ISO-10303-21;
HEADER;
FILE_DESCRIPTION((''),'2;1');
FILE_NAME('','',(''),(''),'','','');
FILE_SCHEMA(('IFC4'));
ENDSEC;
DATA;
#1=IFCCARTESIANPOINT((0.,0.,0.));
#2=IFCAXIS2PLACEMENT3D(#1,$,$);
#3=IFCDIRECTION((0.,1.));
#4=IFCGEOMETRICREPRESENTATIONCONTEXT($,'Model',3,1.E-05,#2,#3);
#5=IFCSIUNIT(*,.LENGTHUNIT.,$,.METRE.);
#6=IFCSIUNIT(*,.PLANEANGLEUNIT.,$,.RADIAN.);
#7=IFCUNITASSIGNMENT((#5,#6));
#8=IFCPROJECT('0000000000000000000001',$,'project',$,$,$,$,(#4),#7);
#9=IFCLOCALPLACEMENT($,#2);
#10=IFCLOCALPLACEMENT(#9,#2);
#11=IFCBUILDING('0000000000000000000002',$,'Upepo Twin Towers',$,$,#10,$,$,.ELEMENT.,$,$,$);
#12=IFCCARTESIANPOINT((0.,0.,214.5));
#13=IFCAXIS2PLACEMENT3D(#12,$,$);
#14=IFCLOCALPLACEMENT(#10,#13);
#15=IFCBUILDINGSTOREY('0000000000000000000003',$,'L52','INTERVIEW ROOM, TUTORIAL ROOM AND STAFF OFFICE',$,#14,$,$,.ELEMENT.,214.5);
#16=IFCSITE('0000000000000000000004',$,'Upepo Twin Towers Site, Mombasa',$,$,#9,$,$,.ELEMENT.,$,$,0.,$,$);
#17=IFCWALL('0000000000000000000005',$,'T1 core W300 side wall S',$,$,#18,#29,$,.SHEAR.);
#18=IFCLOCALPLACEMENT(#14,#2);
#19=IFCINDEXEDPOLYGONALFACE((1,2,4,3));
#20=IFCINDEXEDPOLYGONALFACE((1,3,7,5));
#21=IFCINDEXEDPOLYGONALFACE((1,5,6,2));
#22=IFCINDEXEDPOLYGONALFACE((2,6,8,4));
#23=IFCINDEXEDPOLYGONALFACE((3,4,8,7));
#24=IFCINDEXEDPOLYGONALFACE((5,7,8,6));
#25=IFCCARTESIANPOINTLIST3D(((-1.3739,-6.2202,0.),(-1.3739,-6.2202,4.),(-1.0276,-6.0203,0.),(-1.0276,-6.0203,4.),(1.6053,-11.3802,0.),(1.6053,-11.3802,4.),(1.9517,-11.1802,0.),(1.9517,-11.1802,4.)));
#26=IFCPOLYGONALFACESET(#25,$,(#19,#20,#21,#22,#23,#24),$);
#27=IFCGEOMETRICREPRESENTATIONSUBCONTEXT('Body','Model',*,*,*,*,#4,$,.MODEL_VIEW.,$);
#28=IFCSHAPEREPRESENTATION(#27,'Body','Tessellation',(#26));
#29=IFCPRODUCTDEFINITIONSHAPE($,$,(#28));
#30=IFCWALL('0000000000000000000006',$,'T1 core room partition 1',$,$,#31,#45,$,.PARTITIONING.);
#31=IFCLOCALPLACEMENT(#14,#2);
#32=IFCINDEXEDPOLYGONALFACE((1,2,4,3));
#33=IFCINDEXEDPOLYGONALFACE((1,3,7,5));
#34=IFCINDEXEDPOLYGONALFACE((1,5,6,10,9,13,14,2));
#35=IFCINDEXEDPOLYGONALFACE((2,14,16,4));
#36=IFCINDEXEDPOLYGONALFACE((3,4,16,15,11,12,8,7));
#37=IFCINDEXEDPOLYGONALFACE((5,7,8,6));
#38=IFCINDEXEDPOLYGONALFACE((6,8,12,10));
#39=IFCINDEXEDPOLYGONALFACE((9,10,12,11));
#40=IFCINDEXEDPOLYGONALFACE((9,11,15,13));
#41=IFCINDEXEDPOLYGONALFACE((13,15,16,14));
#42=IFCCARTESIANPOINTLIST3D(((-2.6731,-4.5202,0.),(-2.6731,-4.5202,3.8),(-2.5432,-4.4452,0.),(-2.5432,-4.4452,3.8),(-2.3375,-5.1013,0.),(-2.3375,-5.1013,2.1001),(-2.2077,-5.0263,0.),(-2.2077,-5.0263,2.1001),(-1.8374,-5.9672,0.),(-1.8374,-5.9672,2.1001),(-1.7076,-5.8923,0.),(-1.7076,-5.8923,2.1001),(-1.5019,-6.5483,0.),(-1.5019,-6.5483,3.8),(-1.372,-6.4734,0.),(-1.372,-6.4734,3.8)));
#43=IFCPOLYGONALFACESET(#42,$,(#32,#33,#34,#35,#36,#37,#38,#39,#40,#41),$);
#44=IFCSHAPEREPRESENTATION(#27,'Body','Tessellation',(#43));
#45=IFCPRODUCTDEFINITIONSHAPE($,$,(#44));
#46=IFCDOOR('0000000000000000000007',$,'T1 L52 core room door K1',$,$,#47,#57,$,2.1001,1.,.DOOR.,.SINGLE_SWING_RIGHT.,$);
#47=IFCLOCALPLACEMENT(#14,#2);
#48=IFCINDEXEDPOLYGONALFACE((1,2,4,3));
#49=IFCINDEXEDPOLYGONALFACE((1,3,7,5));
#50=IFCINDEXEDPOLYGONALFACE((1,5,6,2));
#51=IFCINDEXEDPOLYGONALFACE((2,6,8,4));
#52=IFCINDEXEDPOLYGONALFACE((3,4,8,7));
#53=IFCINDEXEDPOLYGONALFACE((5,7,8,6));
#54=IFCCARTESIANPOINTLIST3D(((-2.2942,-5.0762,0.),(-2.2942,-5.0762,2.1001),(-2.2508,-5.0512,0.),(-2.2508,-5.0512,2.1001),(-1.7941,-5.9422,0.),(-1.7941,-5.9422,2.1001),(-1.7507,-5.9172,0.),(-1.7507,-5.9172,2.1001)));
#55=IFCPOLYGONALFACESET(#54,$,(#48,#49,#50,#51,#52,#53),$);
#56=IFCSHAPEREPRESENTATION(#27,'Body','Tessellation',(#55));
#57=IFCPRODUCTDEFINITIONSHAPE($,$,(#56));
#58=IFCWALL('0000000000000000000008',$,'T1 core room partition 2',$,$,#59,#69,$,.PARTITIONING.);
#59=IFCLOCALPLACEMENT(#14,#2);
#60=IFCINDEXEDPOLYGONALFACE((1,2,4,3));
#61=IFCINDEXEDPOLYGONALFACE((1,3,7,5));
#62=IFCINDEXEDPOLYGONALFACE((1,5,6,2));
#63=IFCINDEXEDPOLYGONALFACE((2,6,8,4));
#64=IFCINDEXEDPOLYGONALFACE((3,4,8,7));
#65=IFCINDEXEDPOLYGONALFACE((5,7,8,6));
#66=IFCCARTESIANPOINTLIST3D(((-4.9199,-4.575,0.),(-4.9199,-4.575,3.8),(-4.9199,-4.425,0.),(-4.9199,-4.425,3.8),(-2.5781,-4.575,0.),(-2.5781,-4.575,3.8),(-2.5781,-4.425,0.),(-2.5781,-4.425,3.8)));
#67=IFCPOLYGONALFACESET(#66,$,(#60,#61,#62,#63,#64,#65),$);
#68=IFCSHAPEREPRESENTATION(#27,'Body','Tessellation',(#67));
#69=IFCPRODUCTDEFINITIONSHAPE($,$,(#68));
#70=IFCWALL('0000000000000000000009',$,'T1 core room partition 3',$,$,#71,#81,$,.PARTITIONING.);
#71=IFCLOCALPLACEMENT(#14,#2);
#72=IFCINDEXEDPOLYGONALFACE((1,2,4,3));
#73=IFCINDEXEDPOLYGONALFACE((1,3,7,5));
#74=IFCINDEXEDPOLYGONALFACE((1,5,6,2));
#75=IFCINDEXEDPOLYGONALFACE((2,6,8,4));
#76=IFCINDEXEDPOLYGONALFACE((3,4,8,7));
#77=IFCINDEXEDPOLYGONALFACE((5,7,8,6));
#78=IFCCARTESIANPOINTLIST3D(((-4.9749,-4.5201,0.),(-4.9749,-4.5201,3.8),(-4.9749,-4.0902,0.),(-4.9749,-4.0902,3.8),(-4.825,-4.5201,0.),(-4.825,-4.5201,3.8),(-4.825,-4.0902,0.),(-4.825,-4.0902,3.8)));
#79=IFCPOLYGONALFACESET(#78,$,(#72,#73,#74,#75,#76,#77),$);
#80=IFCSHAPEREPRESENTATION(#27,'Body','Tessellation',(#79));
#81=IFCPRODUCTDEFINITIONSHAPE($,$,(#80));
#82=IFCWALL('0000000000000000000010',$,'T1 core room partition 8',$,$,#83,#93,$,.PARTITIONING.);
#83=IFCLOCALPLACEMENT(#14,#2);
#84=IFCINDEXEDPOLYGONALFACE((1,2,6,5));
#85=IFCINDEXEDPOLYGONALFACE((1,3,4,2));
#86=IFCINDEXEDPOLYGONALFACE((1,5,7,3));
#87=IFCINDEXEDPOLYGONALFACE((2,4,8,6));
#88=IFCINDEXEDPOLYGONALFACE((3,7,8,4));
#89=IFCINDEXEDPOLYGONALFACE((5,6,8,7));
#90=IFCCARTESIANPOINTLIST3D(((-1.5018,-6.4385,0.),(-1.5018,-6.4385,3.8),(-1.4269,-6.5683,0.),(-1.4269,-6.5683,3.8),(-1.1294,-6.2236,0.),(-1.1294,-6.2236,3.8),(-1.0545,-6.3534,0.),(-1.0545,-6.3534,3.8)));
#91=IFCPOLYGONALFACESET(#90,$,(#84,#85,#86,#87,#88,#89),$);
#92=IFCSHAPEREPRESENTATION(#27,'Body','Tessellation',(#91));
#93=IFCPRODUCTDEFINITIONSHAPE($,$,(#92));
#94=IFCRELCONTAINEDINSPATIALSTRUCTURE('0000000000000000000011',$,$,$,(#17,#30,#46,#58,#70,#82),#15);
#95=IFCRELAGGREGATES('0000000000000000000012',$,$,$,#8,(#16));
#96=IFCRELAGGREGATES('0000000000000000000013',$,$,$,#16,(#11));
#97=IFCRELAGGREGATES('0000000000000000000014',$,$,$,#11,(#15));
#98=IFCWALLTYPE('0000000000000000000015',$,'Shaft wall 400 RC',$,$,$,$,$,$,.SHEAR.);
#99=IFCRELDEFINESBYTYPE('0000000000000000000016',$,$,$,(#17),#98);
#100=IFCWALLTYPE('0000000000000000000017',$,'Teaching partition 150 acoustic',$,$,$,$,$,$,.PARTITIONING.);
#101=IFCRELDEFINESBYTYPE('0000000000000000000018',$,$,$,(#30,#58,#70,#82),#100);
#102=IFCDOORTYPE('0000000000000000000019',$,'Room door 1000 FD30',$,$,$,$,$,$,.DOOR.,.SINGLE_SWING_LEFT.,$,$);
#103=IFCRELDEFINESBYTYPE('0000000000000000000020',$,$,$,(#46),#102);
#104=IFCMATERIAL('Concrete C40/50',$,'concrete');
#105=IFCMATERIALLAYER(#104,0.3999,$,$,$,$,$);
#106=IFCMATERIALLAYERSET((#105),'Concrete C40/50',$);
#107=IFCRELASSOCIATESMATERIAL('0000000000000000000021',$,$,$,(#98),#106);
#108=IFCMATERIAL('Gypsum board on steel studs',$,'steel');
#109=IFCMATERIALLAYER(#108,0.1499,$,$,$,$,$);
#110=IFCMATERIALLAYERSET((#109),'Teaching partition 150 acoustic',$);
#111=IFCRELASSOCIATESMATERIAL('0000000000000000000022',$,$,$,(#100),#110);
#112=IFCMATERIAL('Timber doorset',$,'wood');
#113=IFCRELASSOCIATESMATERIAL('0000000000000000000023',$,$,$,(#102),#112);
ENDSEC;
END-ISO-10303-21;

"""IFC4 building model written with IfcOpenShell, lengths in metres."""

from ifc_helpers import new_model, si_unit, direction, frame, frame_2d, origin, place, context, subcontext, project, spatial, rectangle, extrude, material, layer, layer_set, type_object, element, fill, save


model = new_model("IFC4")

# Units and contexts
model_context = context("Model", 3, precision=1e-05, world=origin(), true_north=direction((0.0, 1.0)))
body_context = subcontext(model_context, "Body", "Model", "MODEL_VIEW")
ifc_project = project(units=[si_unit("LENGTHUNIT", "METRE"), si_unit("PLANEANGLEUNIT", "RADIAN")], contexts=[model_context])

# Site, building, storey
site_placement = place(None, origin())
site = spatial("IfcSite", under=ifc_project, at=site_placement, Name="Upepo Twin Towers Site, Mombasa", CompositionType="ELEMENT", RefElevation=0.0)
building_placement = place(site_placement, origin())
building = spatial("IfcBuilding", under=site, at=building_placement, Name="Upepo Twin Towers", CompositionType="ELEMENT")
storey_placement = place(building_placement, frame((0.0, 0.0, 214.5)))
storey = spatial("IfcBuildingStorey", under=building, at=storey_placement, Name="L52", Description="INTERVIEW ROOM, TUTORIAL ROOM AND STAFF OFFICE", CompositionType="ELEMENT", Elevation=214.5)

# Wall
ifc_material_1 = material(Name="Concrete C40/50", Category="concrete")
ifc_layer_1 = layer(ifc_material_1, 0.3999)
ifc_layer_set_1 = layer_set([ifc_layer_1], Name="Concrete C40/50")
wall_type_1 = type_object("IfcWallType", Name="Shaft wall 400 RC", PredefinedType="SHEAR", material=ifc_layer_set_1)
wall_1_placement = place(storey_placement, frame((-1.2007, -6.1204, 0.0), z_axis=(0.0, 0.0, 1.0), x_axis=(0.500022, -0.866013, 0.0)))
element("IfcWall", 1, at=wall_1_placement, inside=storey, type_object=wall_type_1, Name="T1 core W300 side wall S", PredefinedType="SHEAR", context=body_context, shape_type="SweptSolid", body=[
    extrude(rectangle(XDim=5.9583, YDim=0.3999, at=frame_2d((2.979, 0.0))), origin(), (0.0, 0.0, 1.0), 4.0),
])

# Wall, opening, door
ifc_material_2 = material(Name="Gypsum board on steel studs", Category="steel")
ifc_layer_2 = layer(ifc_material_2, 0.1499)
ifc_layer_set_2 = layer_set([ifc_layer_2], Name="Teaching partition 150 acoustic")
wall_type_2 = type_object("IfcWallType", Name="Teaching partition 150 acoustic", PredefinedType="PARTITIONING", material=ifc_layer_set_2)
wall_2_placement = place(storey_placement, frame((-1.437, -6.5107, 0.0), z_axis=(0.0, 0.0, 1.0), x_axis=(-0.500074, 0.865982, 0.0)))
wall_2 = element("IfcWall", 2, at=wall_2_placement, inside=storey, type_object=wall_type_2, Name="T1 core room partition 1", PredefinedType="PARTITIONING", context=body_context, shape_type="SweptSolid", body=[
    extrude(rectangle(XDim=2.342, YDim=0.1499, at=frame_2d((1.1709, 0.0))), origin(), (0.0, 0.0, 1.0), 3.8),
])
opening_1_placement = place(wall_2_placement, frame((0.6709, 0.0, 0.0)))
opening_1 = element("IfcOpeningElement", 3, at=opening_1_placement, cuts=wall_2, PredefinedType="OPENING", context=body_context, shape_type="SweptSolid", body=[
    extrude(rectangle(XDim=1.0, YDim=2.1001, at=frame_2d((0.5, 1.05))), frame((0.0, 0.085, 0.0), z_axis=(0.0, -1.0, 0.0), x_axis=(1.0, 0.0, 0.0)), (0.0, 0.0, 1.0), 0.1699),
])
ifc_material_3 = material(Name="Timber doorset", Category="wood")
door_type_1 = type_object("IfcDoorType", Name="Room door 1000 FD30", OperationType="SINGLE_SWING_LEFT", PredefinedType="DOOR", material=ifc_material_3)
door_1_placement = place(opening_1_placement, origin())
door_1 = element("IfcDoor", 4, at=door_1_placement, inside=storey, type_object=door_type_1, Name="T1 L52 core room door K1", OperationType="SINGLE_SWING_RIGHT", OverallHeight=2.1001, OverallWidth=1.0, PredefinedType="DOOR", context=body_context, shape_type="SweptSolid", body=[
    extrude(rectangle(XDim=1.0, YDim=2.1001, at=frame_2d((0.5, 1.05))), frame((0.0, 0.0249, 0.0), z_axis=(0.0, -1.0, 0.0), x_axis=(1.0, 0.0, 0.0)), (0.0, 0.0, 1.0), 0.05),
])
fill(opening_1, door_1)

# Walls
wall_3_placement = place(storey_placement, frame((-2.5781, -4.5, 0.0), z_axis=(0.0, 0.0, 1.0), x_axis=(-1.0, 0.0, 0.0)))
element("IfcWall", 5, at=wall_3_placement, inside=storey, type_object=wall_type_2, Name="T1 core room partition 2", PredefinedType="PARTITIONING", context=body_context, shape_type="SweptSolid", body=[
    extrude(rectangle(XDim=2.3418, YDim=0.1499, at=frame_2d((1.1709, 0.0))), origin(), (0.0, 0.0, 1.0), 3.8),
])
for number, where, z_axis, x_axis, name in (
    (6, (-4.8999, -4.52, 0.0), (0.0, 0.0, 1.0), (0.0, 1.0, 0.0), "T1 core room partition 3"),
    (7, (-1.092, -6.2886, 0.0), (0.0, 0.0, 1.0), (-0.866138, -0.499804, 0.0), "T1 core room partition 8"),
):
    element("IfcWall", number, at=place(storey_placement, frame(where, z_axis=z_axis, x_axis=x_axis)), inside=storey, type_object=wall_type_2, Name=name, PredefinedType="PARTITIONING", context=body_context, shape_type="SweptSolid", body=[
        extrude(rectangle(XDim=0.4299, YDim=0.1499, at=frame_2d((0.2148, 0.0))), origin(), (0.0, 0.0, 1.0), 3.8),
    ])

save(model, "model.ifc")
